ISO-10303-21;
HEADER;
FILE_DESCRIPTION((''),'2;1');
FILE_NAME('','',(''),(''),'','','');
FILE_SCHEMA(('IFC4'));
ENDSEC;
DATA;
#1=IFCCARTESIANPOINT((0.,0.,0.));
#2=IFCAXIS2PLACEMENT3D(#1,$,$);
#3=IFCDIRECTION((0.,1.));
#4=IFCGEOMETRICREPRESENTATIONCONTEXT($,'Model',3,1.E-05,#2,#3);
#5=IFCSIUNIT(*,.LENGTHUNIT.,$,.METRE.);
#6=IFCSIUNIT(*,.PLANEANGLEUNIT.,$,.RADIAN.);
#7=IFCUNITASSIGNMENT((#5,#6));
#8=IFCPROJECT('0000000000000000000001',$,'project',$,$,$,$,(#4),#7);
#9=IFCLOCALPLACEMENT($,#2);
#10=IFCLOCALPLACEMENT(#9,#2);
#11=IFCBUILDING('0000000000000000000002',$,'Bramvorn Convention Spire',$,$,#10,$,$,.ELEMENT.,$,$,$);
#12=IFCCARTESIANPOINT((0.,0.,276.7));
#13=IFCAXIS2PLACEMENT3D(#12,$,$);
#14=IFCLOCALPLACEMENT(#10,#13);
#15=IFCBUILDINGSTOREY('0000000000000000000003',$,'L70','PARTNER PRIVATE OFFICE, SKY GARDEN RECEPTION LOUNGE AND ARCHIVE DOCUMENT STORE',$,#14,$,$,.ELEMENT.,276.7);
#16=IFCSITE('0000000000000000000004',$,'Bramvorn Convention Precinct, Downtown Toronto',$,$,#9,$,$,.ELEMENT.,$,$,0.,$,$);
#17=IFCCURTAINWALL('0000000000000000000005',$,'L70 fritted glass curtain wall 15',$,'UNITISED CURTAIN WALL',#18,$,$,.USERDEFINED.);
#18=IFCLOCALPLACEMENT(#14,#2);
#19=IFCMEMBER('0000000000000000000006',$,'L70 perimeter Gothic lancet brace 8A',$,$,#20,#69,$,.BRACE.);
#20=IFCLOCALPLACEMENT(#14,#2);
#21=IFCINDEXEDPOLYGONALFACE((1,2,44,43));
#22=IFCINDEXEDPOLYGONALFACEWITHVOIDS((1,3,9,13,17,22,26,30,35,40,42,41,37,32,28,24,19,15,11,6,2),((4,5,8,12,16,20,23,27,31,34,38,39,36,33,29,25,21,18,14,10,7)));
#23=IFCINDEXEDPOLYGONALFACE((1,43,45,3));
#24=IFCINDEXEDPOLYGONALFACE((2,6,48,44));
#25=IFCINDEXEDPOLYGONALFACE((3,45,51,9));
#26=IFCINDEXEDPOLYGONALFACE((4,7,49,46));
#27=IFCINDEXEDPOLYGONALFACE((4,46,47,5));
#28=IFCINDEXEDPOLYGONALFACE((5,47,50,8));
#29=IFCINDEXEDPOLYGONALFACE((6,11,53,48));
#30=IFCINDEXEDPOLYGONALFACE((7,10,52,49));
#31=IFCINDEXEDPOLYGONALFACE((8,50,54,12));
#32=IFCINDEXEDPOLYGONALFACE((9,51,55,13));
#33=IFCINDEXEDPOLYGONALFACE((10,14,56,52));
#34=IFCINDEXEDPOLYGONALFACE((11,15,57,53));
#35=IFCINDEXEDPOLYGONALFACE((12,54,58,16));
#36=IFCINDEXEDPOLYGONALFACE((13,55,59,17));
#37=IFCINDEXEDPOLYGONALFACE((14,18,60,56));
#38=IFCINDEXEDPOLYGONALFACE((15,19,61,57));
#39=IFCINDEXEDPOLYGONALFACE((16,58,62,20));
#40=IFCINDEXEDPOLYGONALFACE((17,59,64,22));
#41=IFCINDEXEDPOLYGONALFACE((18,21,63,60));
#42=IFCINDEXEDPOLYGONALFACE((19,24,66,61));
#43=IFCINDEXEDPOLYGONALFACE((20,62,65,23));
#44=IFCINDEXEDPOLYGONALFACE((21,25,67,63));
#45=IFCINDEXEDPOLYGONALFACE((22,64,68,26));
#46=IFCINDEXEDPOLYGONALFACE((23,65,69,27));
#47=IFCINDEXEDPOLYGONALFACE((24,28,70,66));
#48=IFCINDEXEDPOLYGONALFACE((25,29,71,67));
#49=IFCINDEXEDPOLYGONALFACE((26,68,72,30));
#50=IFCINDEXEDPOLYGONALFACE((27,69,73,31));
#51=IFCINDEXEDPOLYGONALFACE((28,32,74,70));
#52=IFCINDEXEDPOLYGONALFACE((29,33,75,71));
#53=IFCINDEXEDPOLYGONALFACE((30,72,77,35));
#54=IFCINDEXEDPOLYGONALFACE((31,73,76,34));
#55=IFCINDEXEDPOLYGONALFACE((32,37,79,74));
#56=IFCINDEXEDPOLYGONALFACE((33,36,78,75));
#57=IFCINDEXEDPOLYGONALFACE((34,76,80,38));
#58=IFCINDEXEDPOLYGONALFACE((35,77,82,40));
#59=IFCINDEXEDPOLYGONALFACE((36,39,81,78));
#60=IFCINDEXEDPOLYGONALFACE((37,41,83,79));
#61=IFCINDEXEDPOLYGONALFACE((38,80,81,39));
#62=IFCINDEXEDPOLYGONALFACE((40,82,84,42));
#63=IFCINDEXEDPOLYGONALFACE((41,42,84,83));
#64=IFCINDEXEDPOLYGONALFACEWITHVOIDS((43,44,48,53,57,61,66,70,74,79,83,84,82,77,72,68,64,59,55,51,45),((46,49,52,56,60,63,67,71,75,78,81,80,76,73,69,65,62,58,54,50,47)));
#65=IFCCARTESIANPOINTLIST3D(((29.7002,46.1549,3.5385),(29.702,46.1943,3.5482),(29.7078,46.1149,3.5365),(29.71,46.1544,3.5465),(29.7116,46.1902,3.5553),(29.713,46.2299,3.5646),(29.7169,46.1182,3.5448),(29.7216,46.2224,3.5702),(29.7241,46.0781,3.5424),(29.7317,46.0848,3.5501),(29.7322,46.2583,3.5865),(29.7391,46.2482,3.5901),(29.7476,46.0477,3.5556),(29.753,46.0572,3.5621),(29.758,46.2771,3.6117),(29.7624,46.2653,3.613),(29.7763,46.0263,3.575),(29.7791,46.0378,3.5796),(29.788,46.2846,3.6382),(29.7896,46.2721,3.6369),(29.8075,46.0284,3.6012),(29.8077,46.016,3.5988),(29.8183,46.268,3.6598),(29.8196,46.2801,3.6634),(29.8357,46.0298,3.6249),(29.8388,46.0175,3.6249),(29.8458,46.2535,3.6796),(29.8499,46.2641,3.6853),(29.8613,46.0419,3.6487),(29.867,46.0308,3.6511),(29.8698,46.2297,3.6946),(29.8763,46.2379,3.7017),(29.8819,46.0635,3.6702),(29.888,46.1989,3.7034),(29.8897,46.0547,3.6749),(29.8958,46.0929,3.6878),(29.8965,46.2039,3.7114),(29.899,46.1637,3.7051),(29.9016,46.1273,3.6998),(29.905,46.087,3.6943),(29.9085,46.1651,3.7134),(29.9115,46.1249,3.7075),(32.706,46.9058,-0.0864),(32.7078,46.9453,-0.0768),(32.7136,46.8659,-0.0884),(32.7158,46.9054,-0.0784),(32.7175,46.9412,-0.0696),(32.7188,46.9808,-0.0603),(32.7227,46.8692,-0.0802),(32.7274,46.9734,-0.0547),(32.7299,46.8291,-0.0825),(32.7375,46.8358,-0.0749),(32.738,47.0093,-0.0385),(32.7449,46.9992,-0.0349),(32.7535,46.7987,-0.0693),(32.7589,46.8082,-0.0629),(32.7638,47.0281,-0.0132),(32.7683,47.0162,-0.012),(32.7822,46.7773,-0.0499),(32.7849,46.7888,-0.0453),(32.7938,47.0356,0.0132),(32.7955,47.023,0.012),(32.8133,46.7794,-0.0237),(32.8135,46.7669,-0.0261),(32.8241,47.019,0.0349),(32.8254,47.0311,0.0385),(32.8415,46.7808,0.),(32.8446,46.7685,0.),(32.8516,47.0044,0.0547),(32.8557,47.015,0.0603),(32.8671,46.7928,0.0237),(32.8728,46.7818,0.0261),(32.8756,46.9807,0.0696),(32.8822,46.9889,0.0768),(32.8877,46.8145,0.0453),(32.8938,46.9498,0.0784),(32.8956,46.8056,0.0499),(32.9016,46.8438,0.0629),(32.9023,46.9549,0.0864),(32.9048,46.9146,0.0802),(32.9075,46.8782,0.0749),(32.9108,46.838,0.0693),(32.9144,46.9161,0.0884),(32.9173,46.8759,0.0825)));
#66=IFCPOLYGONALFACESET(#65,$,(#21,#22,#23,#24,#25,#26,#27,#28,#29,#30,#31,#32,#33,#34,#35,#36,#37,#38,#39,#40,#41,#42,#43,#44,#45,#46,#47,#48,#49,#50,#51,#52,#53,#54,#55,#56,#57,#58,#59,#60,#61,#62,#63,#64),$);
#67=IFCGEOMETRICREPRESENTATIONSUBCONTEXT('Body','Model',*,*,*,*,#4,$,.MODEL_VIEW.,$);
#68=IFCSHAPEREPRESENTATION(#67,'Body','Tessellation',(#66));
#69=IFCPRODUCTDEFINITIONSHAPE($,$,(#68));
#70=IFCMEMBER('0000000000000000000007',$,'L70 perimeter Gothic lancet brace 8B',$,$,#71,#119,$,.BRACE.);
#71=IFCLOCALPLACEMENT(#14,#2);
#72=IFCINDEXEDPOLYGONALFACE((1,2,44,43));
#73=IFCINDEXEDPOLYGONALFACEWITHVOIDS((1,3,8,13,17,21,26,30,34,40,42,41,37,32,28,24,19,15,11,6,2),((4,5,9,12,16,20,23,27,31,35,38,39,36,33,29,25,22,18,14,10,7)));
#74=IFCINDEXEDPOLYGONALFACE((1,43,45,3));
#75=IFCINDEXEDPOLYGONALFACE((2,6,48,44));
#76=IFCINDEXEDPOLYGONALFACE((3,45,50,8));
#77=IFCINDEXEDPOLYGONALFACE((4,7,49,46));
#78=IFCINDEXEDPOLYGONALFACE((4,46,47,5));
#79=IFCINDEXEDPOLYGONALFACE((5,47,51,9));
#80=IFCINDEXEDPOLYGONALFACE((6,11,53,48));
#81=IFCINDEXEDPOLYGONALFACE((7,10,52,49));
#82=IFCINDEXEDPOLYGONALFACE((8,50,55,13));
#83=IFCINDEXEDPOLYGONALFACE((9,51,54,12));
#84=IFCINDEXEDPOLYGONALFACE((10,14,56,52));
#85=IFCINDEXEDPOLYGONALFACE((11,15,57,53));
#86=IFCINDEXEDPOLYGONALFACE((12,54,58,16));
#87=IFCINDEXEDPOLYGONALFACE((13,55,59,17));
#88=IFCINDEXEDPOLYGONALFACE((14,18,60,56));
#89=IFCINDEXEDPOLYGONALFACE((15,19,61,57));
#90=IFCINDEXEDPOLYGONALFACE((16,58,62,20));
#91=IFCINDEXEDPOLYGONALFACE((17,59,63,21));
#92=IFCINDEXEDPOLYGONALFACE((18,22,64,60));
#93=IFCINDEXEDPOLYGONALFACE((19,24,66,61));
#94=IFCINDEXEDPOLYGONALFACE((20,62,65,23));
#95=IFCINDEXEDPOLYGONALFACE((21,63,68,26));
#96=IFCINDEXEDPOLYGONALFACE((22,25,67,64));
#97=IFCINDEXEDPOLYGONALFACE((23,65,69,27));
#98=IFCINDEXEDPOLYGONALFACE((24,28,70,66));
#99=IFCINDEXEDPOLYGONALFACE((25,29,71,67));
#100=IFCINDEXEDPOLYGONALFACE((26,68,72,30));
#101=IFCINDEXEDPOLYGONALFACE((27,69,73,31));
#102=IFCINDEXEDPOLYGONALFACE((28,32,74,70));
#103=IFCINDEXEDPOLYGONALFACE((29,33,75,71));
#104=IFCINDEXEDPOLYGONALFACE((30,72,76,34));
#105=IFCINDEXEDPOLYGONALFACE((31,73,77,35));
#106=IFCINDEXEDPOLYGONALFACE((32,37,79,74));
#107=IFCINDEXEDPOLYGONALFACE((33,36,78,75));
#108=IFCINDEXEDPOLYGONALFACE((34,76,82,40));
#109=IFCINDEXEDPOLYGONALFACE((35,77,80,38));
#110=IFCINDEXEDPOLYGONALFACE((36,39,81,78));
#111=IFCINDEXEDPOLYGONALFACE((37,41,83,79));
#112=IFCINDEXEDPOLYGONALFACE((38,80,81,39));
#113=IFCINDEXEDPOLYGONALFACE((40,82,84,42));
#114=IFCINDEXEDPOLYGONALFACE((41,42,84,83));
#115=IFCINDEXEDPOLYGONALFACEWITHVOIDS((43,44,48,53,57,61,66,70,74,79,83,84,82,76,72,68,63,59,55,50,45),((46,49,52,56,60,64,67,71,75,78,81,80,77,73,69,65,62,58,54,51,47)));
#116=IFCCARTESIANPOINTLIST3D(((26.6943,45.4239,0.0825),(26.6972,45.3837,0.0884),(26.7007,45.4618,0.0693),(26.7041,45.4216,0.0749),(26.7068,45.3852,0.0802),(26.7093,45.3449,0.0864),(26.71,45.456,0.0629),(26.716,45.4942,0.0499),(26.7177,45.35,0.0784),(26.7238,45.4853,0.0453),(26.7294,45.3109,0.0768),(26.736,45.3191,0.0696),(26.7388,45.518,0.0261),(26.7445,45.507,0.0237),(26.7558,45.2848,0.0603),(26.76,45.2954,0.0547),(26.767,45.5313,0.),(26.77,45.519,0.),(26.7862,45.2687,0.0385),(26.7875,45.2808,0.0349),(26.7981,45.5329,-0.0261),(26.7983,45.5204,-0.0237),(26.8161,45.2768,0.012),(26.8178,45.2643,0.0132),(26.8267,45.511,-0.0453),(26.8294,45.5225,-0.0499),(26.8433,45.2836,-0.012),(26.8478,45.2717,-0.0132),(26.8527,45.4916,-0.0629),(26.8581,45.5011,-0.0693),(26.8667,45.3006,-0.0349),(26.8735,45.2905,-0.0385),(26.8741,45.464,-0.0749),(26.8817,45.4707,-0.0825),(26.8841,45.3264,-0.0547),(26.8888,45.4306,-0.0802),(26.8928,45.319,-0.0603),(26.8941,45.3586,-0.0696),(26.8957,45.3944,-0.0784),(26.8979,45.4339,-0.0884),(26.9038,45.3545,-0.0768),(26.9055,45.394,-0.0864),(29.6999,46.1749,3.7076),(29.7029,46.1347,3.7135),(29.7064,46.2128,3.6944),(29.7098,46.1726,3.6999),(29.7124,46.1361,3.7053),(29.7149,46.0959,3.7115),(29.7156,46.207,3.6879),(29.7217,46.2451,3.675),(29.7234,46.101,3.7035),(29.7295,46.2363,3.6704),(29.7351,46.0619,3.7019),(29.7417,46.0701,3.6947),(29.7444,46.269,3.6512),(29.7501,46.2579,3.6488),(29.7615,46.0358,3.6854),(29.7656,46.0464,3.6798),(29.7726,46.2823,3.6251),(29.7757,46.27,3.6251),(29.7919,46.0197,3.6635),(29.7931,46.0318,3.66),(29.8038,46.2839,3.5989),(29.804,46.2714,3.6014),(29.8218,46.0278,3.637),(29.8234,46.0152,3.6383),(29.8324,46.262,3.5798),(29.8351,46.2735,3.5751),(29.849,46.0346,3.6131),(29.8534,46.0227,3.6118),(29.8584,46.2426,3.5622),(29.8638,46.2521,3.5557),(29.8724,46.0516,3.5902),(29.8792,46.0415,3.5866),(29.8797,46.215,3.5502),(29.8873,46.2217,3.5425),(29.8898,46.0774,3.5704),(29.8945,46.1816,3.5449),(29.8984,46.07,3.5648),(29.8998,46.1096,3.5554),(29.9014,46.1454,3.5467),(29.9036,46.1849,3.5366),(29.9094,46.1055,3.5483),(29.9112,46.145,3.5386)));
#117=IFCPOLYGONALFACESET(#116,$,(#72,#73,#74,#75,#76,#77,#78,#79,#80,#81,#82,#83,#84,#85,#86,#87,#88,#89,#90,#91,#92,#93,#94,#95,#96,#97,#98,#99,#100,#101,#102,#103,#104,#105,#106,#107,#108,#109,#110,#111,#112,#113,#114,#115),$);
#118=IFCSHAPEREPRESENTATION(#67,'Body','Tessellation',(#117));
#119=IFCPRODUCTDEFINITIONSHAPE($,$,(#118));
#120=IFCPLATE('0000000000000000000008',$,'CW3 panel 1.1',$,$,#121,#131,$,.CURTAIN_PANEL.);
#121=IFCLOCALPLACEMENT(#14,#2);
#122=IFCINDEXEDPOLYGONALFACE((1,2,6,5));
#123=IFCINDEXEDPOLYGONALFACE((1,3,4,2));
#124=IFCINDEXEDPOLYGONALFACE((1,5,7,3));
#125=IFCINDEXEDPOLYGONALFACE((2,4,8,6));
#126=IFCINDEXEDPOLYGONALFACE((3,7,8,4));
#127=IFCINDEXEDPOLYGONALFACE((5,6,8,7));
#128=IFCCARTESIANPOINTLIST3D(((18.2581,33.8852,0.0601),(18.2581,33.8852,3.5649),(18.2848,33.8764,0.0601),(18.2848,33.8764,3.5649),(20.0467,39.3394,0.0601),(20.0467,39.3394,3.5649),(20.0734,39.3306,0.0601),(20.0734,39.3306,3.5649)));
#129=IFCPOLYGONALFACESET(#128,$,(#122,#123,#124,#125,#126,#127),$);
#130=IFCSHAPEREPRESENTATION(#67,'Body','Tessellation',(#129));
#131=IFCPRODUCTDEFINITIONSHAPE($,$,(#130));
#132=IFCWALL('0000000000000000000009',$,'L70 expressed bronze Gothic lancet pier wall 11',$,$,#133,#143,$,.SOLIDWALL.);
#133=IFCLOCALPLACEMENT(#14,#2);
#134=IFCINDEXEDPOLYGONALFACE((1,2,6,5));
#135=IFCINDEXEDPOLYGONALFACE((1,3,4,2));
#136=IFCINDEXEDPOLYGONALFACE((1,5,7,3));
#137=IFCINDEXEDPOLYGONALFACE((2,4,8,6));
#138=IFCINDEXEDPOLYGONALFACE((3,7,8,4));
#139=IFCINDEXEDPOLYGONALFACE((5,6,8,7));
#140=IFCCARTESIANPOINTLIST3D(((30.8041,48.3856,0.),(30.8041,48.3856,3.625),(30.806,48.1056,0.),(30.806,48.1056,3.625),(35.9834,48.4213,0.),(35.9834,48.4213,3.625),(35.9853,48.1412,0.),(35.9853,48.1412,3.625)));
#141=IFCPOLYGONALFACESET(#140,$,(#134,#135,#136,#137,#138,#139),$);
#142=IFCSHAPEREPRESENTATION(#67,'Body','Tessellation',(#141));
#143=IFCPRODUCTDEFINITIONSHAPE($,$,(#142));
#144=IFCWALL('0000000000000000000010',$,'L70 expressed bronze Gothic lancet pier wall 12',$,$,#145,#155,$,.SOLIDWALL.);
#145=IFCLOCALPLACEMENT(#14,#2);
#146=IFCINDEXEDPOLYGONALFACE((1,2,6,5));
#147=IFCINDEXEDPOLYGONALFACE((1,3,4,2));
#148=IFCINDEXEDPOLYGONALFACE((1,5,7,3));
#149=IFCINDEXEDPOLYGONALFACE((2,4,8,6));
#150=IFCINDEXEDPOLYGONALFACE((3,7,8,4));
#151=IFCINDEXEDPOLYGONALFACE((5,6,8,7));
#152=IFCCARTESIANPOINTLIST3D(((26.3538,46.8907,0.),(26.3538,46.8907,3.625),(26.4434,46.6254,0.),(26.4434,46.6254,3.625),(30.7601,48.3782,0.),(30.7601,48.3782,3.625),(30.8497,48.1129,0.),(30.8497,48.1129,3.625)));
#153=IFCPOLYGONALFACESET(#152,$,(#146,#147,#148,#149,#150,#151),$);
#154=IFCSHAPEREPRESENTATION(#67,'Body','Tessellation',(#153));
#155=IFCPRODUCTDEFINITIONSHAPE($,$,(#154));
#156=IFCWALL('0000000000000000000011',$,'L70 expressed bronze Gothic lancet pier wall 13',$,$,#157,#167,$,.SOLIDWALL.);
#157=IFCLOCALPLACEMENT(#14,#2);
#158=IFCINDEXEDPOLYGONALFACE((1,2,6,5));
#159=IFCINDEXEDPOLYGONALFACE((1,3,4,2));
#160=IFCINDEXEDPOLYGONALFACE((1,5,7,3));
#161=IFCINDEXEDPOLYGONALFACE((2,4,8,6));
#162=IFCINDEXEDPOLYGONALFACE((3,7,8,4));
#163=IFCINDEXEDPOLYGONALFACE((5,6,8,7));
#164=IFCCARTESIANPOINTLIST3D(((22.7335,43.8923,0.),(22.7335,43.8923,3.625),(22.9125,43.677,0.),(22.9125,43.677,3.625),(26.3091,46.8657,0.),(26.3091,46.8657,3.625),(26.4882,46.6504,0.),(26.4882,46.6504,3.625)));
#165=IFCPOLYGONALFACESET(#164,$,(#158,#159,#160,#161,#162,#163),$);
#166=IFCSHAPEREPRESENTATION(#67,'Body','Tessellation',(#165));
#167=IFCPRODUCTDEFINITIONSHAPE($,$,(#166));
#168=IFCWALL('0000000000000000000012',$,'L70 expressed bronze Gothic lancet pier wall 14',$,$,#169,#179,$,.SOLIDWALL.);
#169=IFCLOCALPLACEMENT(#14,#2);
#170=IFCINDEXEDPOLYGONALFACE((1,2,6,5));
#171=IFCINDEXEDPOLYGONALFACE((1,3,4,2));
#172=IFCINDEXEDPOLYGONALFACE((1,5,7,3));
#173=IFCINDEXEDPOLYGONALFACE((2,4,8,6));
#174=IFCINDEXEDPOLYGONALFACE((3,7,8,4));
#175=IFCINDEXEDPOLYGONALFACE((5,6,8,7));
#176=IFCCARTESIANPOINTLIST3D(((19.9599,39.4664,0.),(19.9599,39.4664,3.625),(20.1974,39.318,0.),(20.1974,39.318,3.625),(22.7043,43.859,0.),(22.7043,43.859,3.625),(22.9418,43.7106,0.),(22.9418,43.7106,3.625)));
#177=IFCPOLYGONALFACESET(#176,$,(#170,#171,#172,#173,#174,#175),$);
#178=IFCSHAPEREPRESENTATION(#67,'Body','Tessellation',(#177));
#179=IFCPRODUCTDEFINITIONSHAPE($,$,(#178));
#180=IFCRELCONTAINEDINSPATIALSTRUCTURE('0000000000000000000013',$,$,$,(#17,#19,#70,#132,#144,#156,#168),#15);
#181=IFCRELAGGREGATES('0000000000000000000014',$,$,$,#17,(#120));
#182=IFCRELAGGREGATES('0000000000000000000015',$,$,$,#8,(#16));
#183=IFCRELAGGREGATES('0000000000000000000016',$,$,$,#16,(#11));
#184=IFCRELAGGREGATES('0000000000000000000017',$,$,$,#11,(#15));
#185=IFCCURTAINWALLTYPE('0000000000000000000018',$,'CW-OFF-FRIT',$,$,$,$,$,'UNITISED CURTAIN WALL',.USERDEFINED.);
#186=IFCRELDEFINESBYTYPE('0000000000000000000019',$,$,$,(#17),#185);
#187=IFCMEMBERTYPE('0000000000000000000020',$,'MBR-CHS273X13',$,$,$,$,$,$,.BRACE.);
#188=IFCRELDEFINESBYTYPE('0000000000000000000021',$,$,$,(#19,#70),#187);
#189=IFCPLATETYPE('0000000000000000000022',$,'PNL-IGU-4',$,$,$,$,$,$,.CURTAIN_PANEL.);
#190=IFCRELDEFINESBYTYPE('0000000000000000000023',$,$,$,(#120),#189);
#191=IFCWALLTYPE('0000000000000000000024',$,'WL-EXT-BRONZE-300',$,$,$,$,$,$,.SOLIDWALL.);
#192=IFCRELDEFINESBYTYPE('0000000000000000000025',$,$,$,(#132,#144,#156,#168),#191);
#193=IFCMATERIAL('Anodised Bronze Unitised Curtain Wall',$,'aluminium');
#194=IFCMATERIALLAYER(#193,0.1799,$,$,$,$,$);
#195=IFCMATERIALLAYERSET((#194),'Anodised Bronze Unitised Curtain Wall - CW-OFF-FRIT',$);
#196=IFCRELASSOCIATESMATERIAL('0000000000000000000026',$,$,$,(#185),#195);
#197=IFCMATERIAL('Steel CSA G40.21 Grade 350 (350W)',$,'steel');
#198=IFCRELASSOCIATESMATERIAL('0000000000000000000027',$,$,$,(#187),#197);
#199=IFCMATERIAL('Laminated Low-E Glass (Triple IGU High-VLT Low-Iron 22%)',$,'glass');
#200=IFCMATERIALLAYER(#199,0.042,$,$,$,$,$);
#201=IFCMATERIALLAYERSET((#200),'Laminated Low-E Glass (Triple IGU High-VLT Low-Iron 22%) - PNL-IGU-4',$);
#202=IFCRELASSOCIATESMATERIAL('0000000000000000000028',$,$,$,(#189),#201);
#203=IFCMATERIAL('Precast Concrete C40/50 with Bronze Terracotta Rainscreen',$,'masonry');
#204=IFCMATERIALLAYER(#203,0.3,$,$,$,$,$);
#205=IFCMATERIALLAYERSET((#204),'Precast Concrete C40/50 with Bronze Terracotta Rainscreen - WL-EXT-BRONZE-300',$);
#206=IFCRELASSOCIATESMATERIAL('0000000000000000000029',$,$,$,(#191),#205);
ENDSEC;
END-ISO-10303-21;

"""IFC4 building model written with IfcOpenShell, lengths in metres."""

from ifc_helpers import new_model, si_unit, direction, frame, frame_2d, origin, origin_2d, place, context, subcontext, project, spatial, rectangle, hollow_circle, extrude, material, layer, layer_set, material_profile, profile_set, type_object, element, aggregate, save


model = new_model("IFC4")

# Units and contexts
model_context = context("Model", 3, precision=1e-05, world=origin(), true_north=direction((0.0, 1.0)))
body_context = subcontext(model_context, "Body", "Model", "MODEL_VIEW")
ifc_project = project(units=[si_unit("LENGTHUNIT", "METRE"), si_unit("PLANEANGLEUNIT", "RADIAN")], contexts=[model_context])

# Site, building, storey
site_placement = place(None, origin())
site = spatial("IfcSite", under=ifc_project, at=site_placement, Name="Bramvorn Convention Precinct, Downtown Toronto", CompositionType="ELEMENT", RefElevation=0.0)
building_placement = place(site_placement, origin())
building = spatial("IfcBuilding", under=site, at=building_placement, Name="Bramvorn Convention Spire", CompositionType="ELEMENT")
storey_placement = place(building_placement, frame((0.0, 0.0, 276.7)))
storey = spatial("IfcBuildingStorey", under=building, at=storey_placement, Name="L70", Description="PARTNER PRIVATE OFFICE, SKY GARDEN RECEPTION LOUNGE AND ARCHIVE DOCUMENT STORE", CompositionType="ELEMENT", Elevation=276.7)

# Shared definitions
ifc_material_1 = material(Name="Steel CSA G40.21 Grade 350 (350W)", Category="steel")

# Shared definitions
ifc_material_2 = material(Name="Anodised Bronze Unitised Curtain Wall", Category="aluminium")
ifc_layer_1 = layer(ifc_material_2, 0.1799)
ifc_layer_set_1 = layer_set([ifc_layer_1], Name="Anodised Bronze Unitised Curtain Wall - CW-OFF-FRIT")
curtain_wall_type = type_object("IfcCurtainWallType", Name="CW-OFF-FRIT", ElementType="UNITISED CURTAIN WALL", PredefinedType="USERDEFINED", material=ifc_layer_set_1)

# Curtain wall
curtain_wall_1_placement = place(storey_placement, origin())
curtain_wall_1 = element("IfcCurtainWall", 1, at=curtain_wall_1_placement, inside=storey, type_object=curtain_wall_type, Name="L70 fritted glass curtain wall 15", ObjectType="UNITISED CURTAIN WALL", PredefinedType="USERDEFINED")

# Members
ifc_material_profile_1 = material_profile(ifc_material_1, hollow_circle(Radius=0.1365, WallThickness=0.0127, at=origin_2d()))
ifc_profile_set_1 = profile_set([ifc_material_profile_1], Name="Steel CSA G40.21 Grade 350 (350W) - CHS273X13")
member_type_1 = type_object("IfcMemberType", Name="MBR-CHS273X13", PredefinedType="BRACE", material=ifc_profile_set_1)
for number, where, z_axis, x_axis, name in (
    (2, (32.8115, 46.9009, 0.0), (-0.630341, -0.157483, 0.760177), (0.242387, -0.97018, 0.0), "L70 perimeter Gothic lancet brace 8A"),
    (3, (26.8, 45.3989, 0.0), (0.63031, 0.157488, 0.760202), (-0.242406, 0.970175, 0.0), "L70 perimeter Gothic lancet brace 8B"),
):
    element("IfcMember", number, at=place(storey_placement, frame(where, z_axis=z_axis, x_axis=x_axis)), inside=storey, type_object=member_type_1, Name=name, PredefinedType="BRACE", context=body_context, shape_type="SweptSolid", body=[
        extrude(hollow_circle(Radius=0.1365, WallThickness=0.0127, at=origin_2d()), origin(), (0.0, 0.0, 1.0), 4.7686),
    ])

# Plate
ifc_material_3 = material(Name="Laminated Low-E Glass (Triple IGU High-VLT Low-Iron 22%)", Category="glass")
ifc_layer_2 = layer(ifc_material_3, 0.042)
ifc_layer_set_2 = layer_set([ifc_layer_2], Name="Laminated Low-E Glass (Triple IGU High-VLT Low-Iron 22%) - PNL-IGU-4")
plate_type = type_object("IfcPlateType", Name="PNL-IGU-4", PredefinedType="CURTAIN_PANEL", material=ifc_layer_set_2)
plate_placement = place(storey_placement, frame((19.1658, 36.6079, 0.0601), z_axis=(0.0, 0.0, 1.0), x_axis=(0.311606, 0.950211, 0.0)))
plate = element("IfcPlate", 4, at=plate_placement, type_object=plate_type, Name="CW3 panel 1.1", PredefinedType="CURTAIN_PANEL", context=body_context, shape_type="SweptSolid", body=[
    extrude(rectangle(XDim=5.74, YDim=0.0281, at=origin_2d()), origin(), (0.0, 0.0, 1.0), 3.5049),
])
aggregate(curtain_wall_1, [plate])

# Walls
ifc_material_4 = material(Name="Precast Concrete C40/50 with Bronze Terracotta Rainscreen", Category="masonry")
ifc_layer_3 = layer(ifc_material_4, 0.3)
ifc_layer_set_3 = layer_set([ifc_layer_3], Name="Precast Concrete C40/50 with Bronze Terracotta Rainscreen - WL-EXT-BRONZE-300")
wall_type_1 = type_object("IfcWallType", Name="WL-EXT-BRONZE-300", PredefinedType="SOLIDWALL", material=ifc_layer_set_3)
wall_1_placement = place(storey_placement, frame((30.8049, 48.2456, 0.0), z_axis=(0.0, 0.0, 1.0), x_axis=(0.999976, 0.006882, 0.0)))
element("IfcWall", 5, at=wall_1_placement, inside=storey, type_object=wall_type_1, Name="L70 expressed bronze Gothic lancet pier wall 11", PredefinedType="SOLIDWALL", context=body_context, shape_type="SweptSolid", body=[
    extrude(rectangle(XDim=5.1794, YDim=0.28, at=frame_2d((2.5898, 0.0))), origin(), (0.0, 0.0, 1.0), 3.625),
])
wall_2_placement = place(storey_placement, frame((26.3987, 46.7581, 0.0), z_axis=(0.0, 0.0, 1.0), x_axis=(0.947464, 0.319863, 0.0)))
element("IfcWall", 6, at=wall_2_placement, inside=storey, type_object=wall_type_1, Name="L70 expressed bronze Gothic lancet pier wall 12", PredefinedType="SOLIDWALL", context=body_context, shape_type="SweptSolid", body=[
    extrude(rectangle(XDim=4.6506, YDim=0.28, at=frame_2d((2.3252, 0.0))), origin(), (0.0, 0.0, 1.0), 3.625),
])
wall_3_placement = place(storey_placement, frame((22.823, 43.7847, 0.0), z_axis=(0.0, 0.0, 1.0), x_axis=(0.768892, 0.639378, 0.0)))
element("IfcWall", 7, at=wall_3_placement, inside=storey, type_object=wall_type_1, Name="L70 expressed bronze Gothic lancet pier wall 13", PredefinedType="SOLIDWALL", context=body_context, shape_type="SweptSolid", body=[
    extrude(rectangle(XDim=4.6504, YDim=0.28, at=frame_2d((2.3252, 0.0))), origin(), (0.0, 0.0, 1.0), 3.625),
])
wall_4_placement = place(storey_placement, frame((20.0786, 39.3921, 0.0), z_axis=(0.0, 0.0, 1.0), x_axis=(0.529863, 0.848083, 0.0)))
element("IfcWall", 8, at=wall_4_placement, inside=storey, type_object=wall_type_1, Name="L70 expressed bronze Gothic lancet pier wall 14", PredefinedType="SOLIDWALL", context=body_context, shape_type="SweptSolid", body=[
    extrude(rectangle(XDim=5.1794, YDim=0.28, at=frame_2d((2.5898, 0.0))), origin(), (0.0, 0.0, 1.0), 3.625),
])

save(model, "model.ifc")
